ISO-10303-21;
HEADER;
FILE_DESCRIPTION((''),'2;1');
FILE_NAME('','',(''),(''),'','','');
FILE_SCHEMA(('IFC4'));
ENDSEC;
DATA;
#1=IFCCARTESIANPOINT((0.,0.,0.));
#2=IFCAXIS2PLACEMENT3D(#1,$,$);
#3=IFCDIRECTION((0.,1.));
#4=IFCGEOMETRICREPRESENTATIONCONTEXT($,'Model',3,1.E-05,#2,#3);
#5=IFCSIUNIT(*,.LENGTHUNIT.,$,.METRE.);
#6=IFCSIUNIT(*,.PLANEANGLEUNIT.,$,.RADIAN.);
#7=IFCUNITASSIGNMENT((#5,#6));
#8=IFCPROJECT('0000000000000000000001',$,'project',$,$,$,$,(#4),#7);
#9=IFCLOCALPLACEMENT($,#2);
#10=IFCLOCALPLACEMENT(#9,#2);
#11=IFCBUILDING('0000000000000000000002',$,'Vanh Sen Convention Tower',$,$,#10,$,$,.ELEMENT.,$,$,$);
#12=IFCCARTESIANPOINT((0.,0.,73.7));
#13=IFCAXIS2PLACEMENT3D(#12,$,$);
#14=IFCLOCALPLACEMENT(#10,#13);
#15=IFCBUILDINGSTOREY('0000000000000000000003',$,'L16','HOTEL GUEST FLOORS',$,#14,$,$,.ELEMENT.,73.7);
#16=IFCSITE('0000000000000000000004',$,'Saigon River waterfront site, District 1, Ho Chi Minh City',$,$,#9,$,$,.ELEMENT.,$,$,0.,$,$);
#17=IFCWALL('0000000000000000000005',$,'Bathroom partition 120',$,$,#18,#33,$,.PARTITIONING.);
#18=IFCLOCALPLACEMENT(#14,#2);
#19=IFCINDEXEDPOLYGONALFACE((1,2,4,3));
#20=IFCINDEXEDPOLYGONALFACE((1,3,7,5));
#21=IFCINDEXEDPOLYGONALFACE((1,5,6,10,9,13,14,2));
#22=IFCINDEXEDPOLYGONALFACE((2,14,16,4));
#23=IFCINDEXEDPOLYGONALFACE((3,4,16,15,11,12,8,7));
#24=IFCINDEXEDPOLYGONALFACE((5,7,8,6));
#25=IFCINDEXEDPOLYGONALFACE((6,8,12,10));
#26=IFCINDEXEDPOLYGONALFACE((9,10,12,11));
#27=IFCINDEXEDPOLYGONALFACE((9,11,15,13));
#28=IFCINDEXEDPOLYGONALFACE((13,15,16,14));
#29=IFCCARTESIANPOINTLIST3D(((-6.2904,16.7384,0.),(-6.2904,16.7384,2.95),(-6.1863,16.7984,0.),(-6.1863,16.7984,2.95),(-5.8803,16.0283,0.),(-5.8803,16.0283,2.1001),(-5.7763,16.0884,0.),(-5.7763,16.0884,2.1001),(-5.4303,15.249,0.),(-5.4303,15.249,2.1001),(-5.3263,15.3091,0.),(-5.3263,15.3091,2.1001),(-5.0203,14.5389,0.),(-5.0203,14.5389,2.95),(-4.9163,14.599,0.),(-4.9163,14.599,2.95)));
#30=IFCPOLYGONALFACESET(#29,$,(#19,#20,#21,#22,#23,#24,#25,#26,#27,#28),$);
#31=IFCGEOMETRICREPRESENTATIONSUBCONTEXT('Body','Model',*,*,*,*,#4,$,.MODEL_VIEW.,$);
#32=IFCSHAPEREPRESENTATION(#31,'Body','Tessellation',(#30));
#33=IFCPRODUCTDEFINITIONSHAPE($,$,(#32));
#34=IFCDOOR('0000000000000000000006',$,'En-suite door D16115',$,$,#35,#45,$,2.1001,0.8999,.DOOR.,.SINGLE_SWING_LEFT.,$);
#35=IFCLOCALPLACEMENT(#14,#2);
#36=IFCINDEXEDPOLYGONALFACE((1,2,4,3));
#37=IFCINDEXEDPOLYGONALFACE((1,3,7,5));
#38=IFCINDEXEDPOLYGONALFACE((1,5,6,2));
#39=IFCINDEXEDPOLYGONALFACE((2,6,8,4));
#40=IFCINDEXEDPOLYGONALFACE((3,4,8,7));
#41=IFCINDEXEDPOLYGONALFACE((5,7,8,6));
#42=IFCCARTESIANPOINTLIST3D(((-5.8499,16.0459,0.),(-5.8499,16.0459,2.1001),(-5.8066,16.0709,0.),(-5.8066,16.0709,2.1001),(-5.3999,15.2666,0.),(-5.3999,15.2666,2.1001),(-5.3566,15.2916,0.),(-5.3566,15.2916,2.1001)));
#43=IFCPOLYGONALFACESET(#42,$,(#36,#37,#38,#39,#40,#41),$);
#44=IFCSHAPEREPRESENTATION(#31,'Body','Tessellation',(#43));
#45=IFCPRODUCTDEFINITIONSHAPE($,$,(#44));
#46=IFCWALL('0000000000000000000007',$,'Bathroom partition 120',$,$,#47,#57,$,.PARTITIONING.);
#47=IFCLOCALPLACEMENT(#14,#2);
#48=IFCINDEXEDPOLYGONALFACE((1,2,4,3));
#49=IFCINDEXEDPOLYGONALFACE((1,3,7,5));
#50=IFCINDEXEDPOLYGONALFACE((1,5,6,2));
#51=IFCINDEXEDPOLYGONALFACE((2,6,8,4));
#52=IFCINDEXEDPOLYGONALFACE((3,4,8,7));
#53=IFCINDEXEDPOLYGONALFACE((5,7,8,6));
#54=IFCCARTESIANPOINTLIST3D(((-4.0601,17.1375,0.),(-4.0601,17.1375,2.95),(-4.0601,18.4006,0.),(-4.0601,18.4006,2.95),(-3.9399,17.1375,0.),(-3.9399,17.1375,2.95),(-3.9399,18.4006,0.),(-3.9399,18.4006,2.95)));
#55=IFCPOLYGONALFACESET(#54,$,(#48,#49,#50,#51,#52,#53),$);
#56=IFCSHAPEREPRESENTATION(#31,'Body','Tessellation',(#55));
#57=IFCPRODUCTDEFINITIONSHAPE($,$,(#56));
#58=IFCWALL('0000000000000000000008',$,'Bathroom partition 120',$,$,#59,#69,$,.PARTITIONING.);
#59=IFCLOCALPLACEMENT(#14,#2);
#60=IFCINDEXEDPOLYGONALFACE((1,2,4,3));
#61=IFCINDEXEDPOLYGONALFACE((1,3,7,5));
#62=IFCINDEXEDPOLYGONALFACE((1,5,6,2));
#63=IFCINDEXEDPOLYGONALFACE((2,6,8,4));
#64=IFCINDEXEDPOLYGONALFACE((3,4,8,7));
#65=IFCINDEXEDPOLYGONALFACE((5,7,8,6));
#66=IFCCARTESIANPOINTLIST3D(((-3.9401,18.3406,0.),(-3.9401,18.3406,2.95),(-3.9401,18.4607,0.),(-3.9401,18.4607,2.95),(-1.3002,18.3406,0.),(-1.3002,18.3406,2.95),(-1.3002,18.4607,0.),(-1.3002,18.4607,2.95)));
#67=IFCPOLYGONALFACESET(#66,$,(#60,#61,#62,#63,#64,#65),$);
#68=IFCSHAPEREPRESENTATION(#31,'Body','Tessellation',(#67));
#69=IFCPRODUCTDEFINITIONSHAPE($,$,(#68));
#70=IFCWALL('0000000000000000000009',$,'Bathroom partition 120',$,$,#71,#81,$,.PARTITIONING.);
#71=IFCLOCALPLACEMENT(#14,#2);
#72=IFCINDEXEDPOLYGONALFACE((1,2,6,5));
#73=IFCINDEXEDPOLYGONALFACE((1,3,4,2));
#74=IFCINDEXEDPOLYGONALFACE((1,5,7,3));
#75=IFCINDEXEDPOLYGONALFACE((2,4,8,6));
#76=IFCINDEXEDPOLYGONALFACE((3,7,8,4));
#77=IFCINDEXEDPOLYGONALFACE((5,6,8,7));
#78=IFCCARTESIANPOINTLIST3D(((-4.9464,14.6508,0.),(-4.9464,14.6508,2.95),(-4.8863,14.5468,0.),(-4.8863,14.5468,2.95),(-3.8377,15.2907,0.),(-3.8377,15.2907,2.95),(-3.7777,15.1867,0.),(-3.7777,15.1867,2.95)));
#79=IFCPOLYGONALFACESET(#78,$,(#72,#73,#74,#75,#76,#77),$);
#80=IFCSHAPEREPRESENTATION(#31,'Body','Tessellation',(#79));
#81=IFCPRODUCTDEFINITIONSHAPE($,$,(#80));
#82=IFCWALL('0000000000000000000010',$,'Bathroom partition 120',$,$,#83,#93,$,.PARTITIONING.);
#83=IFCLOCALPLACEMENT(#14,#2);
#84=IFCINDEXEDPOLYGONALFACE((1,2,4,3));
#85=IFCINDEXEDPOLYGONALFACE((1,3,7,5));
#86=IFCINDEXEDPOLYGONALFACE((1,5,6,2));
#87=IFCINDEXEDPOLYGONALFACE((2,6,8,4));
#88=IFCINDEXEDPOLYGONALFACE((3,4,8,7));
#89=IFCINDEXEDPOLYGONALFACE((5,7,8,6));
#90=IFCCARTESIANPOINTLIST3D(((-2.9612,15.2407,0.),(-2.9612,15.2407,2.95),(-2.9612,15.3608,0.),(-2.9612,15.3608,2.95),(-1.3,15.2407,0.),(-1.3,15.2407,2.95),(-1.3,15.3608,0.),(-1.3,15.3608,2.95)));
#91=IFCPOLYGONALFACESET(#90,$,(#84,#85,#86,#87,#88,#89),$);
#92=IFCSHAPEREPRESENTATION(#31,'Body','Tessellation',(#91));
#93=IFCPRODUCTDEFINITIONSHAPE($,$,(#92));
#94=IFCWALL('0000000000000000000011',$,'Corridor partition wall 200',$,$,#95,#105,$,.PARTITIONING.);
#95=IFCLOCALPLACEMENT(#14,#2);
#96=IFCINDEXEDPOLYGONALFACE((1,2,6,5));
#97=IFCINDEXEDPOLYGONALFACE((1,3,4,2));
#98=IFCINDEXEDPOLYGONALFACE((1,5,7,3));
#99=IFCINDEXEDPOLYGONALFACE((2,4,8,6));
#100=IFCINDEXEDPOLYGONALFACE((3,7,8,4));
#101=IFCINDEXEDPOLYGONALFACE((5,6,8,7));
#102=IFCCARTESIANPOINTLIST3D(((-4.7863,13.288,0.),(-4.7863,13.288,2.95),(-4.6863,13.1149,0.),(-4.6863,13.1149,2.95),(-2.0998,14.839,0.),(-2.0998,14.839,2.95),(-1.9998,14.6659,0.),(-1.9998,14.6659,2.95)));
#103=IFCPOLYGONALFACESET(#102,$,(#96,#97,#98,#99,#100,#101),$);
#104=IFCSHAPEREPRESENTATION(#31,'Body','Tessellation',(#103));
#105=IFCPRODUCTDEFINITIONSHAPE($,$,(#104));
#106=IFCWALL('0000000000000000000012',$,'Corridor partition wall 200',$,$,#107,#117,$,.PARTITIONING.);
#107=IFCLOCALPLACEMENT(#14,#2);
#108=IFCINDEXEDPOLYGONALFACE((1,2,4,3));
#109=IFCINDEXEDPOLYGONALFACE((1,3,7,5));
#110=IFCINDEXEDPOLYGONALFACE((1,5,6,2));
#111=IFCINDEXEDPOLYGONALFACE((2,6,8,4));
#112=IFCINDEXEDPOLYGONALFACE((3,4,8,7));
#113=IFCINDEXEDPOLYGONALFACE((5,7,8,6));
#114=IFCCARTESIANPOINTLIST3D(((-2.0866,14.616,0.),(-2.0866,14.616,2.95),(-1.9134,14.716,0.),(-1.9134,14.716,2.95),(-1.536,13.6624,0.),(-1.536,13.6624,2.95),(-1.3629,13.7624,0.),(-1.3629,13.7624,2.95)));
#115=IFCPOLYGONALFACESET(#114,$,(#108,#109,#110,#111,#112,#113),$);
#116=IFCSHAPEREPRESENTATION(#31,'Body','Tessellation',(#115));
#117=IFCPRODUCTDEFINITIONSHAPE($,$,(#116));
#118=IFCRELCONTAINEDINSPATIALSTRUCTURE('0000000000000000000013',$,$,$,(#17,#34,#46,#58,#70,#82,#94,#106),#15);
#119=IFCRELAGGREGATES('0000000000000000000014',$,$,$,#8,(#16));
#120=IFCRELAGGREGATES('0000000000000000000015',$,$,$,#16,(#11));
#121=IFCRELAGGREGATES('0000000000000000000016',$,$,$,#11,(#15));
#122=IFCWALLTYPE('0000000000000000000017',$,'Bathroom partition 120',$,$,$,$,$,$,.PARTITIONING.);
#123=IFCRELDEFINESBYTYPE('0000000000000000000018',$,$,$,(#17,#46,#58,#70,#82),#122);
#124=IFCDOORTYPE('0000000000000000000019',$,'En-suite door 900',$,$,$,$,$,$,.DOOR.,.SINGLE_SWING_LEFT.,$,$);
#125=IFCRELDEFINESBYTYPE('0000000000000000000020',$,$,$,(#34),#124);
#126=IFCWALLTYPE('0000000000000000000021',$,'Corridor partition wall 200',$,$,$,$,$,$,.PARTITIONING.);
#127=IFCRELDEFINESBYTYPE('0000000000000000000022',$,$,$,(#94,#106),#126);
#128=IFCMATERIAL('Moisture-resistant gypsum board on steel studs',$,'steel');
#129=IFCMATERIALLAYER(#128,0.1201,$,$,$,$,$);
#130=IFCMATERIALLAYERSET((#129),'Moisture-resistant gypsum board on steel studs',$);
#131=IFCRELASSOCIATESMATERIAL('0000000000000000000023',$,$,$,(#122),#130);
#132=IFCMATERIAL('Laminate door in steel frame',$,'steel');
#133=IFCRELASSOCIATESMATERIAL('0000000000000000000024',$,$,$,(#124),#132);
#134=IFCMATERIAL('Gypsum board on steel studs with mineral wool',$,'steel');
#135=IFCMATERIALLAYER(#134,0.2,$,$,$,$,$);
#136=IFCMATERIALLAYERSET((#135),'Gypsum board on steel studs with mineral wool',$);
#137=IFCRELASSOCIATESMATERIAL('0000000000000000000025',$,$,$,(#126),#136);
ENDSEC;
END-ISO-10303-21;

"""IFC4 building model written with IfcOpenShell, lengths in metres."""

from ifc_helpers import new_model, si_unit, direction, frame, frame_2d, origin, place, context, subcontext, project, spatial, rectangle, extrude, material, layer, layer_set, type_object, element, fill, save


model = new_model("IFC4")

# Units and contexts
model_context = context("Model", 3, precision=1e-05, world=origin(), true_north=direction((0.0, 1.0)))
body_context = subcontext(model_context, "Body", "Model", "MODEL_VIEW")
ifc_project = project(units=[si_unit("LENGTHUNIT", "METRE"), si_unit("PLANEANGLEUNIT", "RADIAN")], contexts=[model_context])

# Site, building, storey
site_placement = place(None, origin())
site = spatial("IfcSite", under=ifc_project, at=site_placement, Name="Saigon River waterfront site, District 1, Ho Chi Minh City", CompositionType="ELEMENT", RefElevation=0.0)
building_placement = place(site_placement, origin())
building = spatial("IfcBuilding", under=site, at=building_placement, Name="Vanh Sen Convention Tower", CompositionType="ELEMENT")
storey_placement = place(building_placement, frame((0.0, 0.0, 73.7)))
storey = spatial("IfcBuildingStorey", under=building, at=storey_placement, Name="L16", Description="HOTEL GUEST FLOORS", CompositionType="ELEMENT", Elevation=73.7)

# Shared definitions
ifc_material_1 = material(Name="Moisture-resistant gypsum board on steel studs", Category="steel")
ifc_layer_1 = layer(ifc_material_1, 0.1201)
ifc_layer_set_1 = layer_set([ifc_layer_1], Name="Moisture-resistant gypsum board on steel studs")
wall_type_1 = type_object("IfcWallType", Name="Bathroom partition 120", PredefinedType="PARTITIONING", material=ifc_layer_set_1)

# Wall, opening, door
wall_1_placement = place(storey_placement, frame((-4.9683, 14.5688, 0.0), z_axis=(0.0, 0.0, 1.0), x_axis=(-0.500047, 0.865998, 0.0)))
wall_1 = element("IfcWall", 1, at=wall_1_placement, inside=storey, type_object=wall_type_1, Name="Bathroom partition 120", PredefinedType="PARTITIONING", context=body_context, shape_type="SweptSolid", body=[
    extrude(rectangle(XDim=2.5398, YDim=0.1201, at=frame_2d((1.27, 0.0))), origin(), (0.0, 0.0, 1.0), 2.95),
])
opening_1_placement = place(wall_1_placement, frame((0.8201, 0.0, 0.0)))
opening_1 = element("IfcOpeningElement", 2, at=opening_1_placement, cuts=wall_1, PredefinedType="OPENING", context=body_context, shape_type="SweptSolid", body=[
    extrude(rectangle(XDim=0.8999, YDim=2.1001, at=frame_2d((0.45, 1.05))), frame((0.0, 0.0701, 0.0), z_axis=(0.0, -1.0, 0.0), x_axis=(1.0, 0.0, 0.0)), (0.0, 0.0, 1.0), 0.1401),
])
ifc_material_2 = material(Name="Laminate door in steel frame", Category="steel")
door_type = type_object("IfcDoorType", Name="En-suite door 900", OperationType="SINGLE_SWING_LEFT", PredefinedType="DOOR", material=ifc_material_2)
door_placement = place(opening_1_placement, origin())
door = element("IfcDoor", 3, at=door_placement, inside=storey, type_object=door_type, Name="En-suite door D16115", OperationType="SINGLE_SWING_LEFT", OverallHeight=2.1001, OverallWidth=0.8999, PredefinedType="DOOR", context=body_context, shape_type="SweptSolid", body=[
    extrude(rectangle(XDim=0.8999, YDim=2.1001, at=frame_2d((0.45, 1.05))), frame((0.0, 0.0249, 0.0), z_axis=(0.0, -1.0, 0.0), x_axis=(1.0, 0.0, 0.0)), (0.0, 0.0, 1.0), 0.05),
])
fill(opening_1, door)

# Walls
wall_2_placement = place(storey_placement, frame((-4.0, 17.1375, 0.0), z_axis=(0.0, 0.0, 1.0), x_axis=(0.0, 1.0, 0.0)))
element("IfcWall", 4, at=wall_2_placement, inside=storey, type_object=wall_type_1, Name="Bathroom partition 120", PredefinedType="PARTITIONING", context=body_context, shape_type="SweptSolid", body=[
    extrude(rectangle(XDim=1.2632, YDim=0.1201, at=frame_2d((0.6316, 0.0))), origin(), (0.0, 0.0, 1.0), 2.95),
])
wall_3_placement = place(storey_placement, frame((-3.9399, 18.4006, 0.0), z_axis=(0.0, 0.0, 1.0), x_axis=(1.0, 0.0, 0.0)))
element("IfcWall", 5, at=wall_3_placement, inside=storey, type_object=wall_type_1, Name="Bathroom partition 120", PredefinedType="PARTITIONING", context=body_context, shape_type="SweptSolid", body=[
    extrude(rectangle(XDim=2.6399, YDim=0.1201, at=frame_2d((1.3198, 0.0))), origin(), (0.0, 0.0, 1.0), 2.95),
])
wall_4_placement = place(storey_placement, frame((-3.8076, 15.2388, 0.0), z_axis=(0.0, 0.0, 1.0), x_axis=(-0.866087, -0.499893, 0.0)))
element("IfcWall", 6, at=wall_4_placement, inside=storey, type_object=wall_type_1, Name="Bathroom partition 120", PredefinedType="PARTITIONING", context=body_context, shape_type="SweptSolid", body=[
    extrude(rectangle(XDim=1.28, YDim=0.1201, at=frame_2d((0.6401, 0.0))), origin(), (0.0, 0.0, 1.0), 2.95),
])
wall_5_placement = place(storey_placement, frame((-1.3, 15.3008, 0.0), z_axis=(0.0, 0.0, 1.0), x_axis=(-1.0, 0.0, 0.0)))
element("IfcWall", 7, at=wall_5_placement, inside=storey, type_object=wall_type_1, Name="Bathroom partition 120", PredefinedType="PARTITIONING", context=body_context, shape_type="SweptSolid", body=[
    extrude(rectangle(XDim=1.6611, YDim=0.1201, at=frame_2d((0.8306, 0.0))), origin(), (0.0, 0.0, 1.0), 2.95),
])
ifc_material_3 = material(Name="Gypsum board on steel studs with mineral wool", Category="steel")
ifc_layer_2 = layer(ifc_material_3, 0.2)
ifc_layer_set_2 = layer_set([ifc_layer_2], Name="Gypsum board on steel studs with mineral wool")
wall_type_2 = type_object("IfcWallType", Name="Corridor partition wall 200", PredefinedType="PARTITIONING", material=ifc_layer_set_2)
wall_6_placement = place(storey_placement, frame((-2.0498, 14.7524, 0.0), z_axis=(0.0, 0.0, 1.0), x_axis=(-0.866031, -0.49999, 0.0)))
element("IfcWall", 8, at=wall_6_placement, inside=storey, type_object=wall_type_2, Name="Corridor partition wall 200", PredefinedType="PARTITIONING", context=body_context, shape_type="SweptSolid", body=[
    extrude(rectangle(XDim=3.1021, YDim=0.2, at=frame_2d((1.551, 0.0))), origin(), (0.0, 0.0, 1.0), 2.95),
])
wall_7_placement = place(storey_placement, frame((-1.4495, 13.7124, 0.0), z_axis=(0.0, 0.0, 1.0), x_axis=(-0.499978, 0.866038, 0.0)))
element("IfcWall", 9, at=wall_7_placement, inside=storey, type_object=wall_type_2, Name="Corridor partition wall 200", PredefinedType="PARTITIONING", context=body_context, shape_type="SweptSolid", body=[
    extrude(rectangle(XDim=1.1011, YDim=0.2, at=frame_2d((0.5505, 0.0))), origin(), (0.0, 0.0, 1.0), 2.95),
])

save(model, "model.ifc")
